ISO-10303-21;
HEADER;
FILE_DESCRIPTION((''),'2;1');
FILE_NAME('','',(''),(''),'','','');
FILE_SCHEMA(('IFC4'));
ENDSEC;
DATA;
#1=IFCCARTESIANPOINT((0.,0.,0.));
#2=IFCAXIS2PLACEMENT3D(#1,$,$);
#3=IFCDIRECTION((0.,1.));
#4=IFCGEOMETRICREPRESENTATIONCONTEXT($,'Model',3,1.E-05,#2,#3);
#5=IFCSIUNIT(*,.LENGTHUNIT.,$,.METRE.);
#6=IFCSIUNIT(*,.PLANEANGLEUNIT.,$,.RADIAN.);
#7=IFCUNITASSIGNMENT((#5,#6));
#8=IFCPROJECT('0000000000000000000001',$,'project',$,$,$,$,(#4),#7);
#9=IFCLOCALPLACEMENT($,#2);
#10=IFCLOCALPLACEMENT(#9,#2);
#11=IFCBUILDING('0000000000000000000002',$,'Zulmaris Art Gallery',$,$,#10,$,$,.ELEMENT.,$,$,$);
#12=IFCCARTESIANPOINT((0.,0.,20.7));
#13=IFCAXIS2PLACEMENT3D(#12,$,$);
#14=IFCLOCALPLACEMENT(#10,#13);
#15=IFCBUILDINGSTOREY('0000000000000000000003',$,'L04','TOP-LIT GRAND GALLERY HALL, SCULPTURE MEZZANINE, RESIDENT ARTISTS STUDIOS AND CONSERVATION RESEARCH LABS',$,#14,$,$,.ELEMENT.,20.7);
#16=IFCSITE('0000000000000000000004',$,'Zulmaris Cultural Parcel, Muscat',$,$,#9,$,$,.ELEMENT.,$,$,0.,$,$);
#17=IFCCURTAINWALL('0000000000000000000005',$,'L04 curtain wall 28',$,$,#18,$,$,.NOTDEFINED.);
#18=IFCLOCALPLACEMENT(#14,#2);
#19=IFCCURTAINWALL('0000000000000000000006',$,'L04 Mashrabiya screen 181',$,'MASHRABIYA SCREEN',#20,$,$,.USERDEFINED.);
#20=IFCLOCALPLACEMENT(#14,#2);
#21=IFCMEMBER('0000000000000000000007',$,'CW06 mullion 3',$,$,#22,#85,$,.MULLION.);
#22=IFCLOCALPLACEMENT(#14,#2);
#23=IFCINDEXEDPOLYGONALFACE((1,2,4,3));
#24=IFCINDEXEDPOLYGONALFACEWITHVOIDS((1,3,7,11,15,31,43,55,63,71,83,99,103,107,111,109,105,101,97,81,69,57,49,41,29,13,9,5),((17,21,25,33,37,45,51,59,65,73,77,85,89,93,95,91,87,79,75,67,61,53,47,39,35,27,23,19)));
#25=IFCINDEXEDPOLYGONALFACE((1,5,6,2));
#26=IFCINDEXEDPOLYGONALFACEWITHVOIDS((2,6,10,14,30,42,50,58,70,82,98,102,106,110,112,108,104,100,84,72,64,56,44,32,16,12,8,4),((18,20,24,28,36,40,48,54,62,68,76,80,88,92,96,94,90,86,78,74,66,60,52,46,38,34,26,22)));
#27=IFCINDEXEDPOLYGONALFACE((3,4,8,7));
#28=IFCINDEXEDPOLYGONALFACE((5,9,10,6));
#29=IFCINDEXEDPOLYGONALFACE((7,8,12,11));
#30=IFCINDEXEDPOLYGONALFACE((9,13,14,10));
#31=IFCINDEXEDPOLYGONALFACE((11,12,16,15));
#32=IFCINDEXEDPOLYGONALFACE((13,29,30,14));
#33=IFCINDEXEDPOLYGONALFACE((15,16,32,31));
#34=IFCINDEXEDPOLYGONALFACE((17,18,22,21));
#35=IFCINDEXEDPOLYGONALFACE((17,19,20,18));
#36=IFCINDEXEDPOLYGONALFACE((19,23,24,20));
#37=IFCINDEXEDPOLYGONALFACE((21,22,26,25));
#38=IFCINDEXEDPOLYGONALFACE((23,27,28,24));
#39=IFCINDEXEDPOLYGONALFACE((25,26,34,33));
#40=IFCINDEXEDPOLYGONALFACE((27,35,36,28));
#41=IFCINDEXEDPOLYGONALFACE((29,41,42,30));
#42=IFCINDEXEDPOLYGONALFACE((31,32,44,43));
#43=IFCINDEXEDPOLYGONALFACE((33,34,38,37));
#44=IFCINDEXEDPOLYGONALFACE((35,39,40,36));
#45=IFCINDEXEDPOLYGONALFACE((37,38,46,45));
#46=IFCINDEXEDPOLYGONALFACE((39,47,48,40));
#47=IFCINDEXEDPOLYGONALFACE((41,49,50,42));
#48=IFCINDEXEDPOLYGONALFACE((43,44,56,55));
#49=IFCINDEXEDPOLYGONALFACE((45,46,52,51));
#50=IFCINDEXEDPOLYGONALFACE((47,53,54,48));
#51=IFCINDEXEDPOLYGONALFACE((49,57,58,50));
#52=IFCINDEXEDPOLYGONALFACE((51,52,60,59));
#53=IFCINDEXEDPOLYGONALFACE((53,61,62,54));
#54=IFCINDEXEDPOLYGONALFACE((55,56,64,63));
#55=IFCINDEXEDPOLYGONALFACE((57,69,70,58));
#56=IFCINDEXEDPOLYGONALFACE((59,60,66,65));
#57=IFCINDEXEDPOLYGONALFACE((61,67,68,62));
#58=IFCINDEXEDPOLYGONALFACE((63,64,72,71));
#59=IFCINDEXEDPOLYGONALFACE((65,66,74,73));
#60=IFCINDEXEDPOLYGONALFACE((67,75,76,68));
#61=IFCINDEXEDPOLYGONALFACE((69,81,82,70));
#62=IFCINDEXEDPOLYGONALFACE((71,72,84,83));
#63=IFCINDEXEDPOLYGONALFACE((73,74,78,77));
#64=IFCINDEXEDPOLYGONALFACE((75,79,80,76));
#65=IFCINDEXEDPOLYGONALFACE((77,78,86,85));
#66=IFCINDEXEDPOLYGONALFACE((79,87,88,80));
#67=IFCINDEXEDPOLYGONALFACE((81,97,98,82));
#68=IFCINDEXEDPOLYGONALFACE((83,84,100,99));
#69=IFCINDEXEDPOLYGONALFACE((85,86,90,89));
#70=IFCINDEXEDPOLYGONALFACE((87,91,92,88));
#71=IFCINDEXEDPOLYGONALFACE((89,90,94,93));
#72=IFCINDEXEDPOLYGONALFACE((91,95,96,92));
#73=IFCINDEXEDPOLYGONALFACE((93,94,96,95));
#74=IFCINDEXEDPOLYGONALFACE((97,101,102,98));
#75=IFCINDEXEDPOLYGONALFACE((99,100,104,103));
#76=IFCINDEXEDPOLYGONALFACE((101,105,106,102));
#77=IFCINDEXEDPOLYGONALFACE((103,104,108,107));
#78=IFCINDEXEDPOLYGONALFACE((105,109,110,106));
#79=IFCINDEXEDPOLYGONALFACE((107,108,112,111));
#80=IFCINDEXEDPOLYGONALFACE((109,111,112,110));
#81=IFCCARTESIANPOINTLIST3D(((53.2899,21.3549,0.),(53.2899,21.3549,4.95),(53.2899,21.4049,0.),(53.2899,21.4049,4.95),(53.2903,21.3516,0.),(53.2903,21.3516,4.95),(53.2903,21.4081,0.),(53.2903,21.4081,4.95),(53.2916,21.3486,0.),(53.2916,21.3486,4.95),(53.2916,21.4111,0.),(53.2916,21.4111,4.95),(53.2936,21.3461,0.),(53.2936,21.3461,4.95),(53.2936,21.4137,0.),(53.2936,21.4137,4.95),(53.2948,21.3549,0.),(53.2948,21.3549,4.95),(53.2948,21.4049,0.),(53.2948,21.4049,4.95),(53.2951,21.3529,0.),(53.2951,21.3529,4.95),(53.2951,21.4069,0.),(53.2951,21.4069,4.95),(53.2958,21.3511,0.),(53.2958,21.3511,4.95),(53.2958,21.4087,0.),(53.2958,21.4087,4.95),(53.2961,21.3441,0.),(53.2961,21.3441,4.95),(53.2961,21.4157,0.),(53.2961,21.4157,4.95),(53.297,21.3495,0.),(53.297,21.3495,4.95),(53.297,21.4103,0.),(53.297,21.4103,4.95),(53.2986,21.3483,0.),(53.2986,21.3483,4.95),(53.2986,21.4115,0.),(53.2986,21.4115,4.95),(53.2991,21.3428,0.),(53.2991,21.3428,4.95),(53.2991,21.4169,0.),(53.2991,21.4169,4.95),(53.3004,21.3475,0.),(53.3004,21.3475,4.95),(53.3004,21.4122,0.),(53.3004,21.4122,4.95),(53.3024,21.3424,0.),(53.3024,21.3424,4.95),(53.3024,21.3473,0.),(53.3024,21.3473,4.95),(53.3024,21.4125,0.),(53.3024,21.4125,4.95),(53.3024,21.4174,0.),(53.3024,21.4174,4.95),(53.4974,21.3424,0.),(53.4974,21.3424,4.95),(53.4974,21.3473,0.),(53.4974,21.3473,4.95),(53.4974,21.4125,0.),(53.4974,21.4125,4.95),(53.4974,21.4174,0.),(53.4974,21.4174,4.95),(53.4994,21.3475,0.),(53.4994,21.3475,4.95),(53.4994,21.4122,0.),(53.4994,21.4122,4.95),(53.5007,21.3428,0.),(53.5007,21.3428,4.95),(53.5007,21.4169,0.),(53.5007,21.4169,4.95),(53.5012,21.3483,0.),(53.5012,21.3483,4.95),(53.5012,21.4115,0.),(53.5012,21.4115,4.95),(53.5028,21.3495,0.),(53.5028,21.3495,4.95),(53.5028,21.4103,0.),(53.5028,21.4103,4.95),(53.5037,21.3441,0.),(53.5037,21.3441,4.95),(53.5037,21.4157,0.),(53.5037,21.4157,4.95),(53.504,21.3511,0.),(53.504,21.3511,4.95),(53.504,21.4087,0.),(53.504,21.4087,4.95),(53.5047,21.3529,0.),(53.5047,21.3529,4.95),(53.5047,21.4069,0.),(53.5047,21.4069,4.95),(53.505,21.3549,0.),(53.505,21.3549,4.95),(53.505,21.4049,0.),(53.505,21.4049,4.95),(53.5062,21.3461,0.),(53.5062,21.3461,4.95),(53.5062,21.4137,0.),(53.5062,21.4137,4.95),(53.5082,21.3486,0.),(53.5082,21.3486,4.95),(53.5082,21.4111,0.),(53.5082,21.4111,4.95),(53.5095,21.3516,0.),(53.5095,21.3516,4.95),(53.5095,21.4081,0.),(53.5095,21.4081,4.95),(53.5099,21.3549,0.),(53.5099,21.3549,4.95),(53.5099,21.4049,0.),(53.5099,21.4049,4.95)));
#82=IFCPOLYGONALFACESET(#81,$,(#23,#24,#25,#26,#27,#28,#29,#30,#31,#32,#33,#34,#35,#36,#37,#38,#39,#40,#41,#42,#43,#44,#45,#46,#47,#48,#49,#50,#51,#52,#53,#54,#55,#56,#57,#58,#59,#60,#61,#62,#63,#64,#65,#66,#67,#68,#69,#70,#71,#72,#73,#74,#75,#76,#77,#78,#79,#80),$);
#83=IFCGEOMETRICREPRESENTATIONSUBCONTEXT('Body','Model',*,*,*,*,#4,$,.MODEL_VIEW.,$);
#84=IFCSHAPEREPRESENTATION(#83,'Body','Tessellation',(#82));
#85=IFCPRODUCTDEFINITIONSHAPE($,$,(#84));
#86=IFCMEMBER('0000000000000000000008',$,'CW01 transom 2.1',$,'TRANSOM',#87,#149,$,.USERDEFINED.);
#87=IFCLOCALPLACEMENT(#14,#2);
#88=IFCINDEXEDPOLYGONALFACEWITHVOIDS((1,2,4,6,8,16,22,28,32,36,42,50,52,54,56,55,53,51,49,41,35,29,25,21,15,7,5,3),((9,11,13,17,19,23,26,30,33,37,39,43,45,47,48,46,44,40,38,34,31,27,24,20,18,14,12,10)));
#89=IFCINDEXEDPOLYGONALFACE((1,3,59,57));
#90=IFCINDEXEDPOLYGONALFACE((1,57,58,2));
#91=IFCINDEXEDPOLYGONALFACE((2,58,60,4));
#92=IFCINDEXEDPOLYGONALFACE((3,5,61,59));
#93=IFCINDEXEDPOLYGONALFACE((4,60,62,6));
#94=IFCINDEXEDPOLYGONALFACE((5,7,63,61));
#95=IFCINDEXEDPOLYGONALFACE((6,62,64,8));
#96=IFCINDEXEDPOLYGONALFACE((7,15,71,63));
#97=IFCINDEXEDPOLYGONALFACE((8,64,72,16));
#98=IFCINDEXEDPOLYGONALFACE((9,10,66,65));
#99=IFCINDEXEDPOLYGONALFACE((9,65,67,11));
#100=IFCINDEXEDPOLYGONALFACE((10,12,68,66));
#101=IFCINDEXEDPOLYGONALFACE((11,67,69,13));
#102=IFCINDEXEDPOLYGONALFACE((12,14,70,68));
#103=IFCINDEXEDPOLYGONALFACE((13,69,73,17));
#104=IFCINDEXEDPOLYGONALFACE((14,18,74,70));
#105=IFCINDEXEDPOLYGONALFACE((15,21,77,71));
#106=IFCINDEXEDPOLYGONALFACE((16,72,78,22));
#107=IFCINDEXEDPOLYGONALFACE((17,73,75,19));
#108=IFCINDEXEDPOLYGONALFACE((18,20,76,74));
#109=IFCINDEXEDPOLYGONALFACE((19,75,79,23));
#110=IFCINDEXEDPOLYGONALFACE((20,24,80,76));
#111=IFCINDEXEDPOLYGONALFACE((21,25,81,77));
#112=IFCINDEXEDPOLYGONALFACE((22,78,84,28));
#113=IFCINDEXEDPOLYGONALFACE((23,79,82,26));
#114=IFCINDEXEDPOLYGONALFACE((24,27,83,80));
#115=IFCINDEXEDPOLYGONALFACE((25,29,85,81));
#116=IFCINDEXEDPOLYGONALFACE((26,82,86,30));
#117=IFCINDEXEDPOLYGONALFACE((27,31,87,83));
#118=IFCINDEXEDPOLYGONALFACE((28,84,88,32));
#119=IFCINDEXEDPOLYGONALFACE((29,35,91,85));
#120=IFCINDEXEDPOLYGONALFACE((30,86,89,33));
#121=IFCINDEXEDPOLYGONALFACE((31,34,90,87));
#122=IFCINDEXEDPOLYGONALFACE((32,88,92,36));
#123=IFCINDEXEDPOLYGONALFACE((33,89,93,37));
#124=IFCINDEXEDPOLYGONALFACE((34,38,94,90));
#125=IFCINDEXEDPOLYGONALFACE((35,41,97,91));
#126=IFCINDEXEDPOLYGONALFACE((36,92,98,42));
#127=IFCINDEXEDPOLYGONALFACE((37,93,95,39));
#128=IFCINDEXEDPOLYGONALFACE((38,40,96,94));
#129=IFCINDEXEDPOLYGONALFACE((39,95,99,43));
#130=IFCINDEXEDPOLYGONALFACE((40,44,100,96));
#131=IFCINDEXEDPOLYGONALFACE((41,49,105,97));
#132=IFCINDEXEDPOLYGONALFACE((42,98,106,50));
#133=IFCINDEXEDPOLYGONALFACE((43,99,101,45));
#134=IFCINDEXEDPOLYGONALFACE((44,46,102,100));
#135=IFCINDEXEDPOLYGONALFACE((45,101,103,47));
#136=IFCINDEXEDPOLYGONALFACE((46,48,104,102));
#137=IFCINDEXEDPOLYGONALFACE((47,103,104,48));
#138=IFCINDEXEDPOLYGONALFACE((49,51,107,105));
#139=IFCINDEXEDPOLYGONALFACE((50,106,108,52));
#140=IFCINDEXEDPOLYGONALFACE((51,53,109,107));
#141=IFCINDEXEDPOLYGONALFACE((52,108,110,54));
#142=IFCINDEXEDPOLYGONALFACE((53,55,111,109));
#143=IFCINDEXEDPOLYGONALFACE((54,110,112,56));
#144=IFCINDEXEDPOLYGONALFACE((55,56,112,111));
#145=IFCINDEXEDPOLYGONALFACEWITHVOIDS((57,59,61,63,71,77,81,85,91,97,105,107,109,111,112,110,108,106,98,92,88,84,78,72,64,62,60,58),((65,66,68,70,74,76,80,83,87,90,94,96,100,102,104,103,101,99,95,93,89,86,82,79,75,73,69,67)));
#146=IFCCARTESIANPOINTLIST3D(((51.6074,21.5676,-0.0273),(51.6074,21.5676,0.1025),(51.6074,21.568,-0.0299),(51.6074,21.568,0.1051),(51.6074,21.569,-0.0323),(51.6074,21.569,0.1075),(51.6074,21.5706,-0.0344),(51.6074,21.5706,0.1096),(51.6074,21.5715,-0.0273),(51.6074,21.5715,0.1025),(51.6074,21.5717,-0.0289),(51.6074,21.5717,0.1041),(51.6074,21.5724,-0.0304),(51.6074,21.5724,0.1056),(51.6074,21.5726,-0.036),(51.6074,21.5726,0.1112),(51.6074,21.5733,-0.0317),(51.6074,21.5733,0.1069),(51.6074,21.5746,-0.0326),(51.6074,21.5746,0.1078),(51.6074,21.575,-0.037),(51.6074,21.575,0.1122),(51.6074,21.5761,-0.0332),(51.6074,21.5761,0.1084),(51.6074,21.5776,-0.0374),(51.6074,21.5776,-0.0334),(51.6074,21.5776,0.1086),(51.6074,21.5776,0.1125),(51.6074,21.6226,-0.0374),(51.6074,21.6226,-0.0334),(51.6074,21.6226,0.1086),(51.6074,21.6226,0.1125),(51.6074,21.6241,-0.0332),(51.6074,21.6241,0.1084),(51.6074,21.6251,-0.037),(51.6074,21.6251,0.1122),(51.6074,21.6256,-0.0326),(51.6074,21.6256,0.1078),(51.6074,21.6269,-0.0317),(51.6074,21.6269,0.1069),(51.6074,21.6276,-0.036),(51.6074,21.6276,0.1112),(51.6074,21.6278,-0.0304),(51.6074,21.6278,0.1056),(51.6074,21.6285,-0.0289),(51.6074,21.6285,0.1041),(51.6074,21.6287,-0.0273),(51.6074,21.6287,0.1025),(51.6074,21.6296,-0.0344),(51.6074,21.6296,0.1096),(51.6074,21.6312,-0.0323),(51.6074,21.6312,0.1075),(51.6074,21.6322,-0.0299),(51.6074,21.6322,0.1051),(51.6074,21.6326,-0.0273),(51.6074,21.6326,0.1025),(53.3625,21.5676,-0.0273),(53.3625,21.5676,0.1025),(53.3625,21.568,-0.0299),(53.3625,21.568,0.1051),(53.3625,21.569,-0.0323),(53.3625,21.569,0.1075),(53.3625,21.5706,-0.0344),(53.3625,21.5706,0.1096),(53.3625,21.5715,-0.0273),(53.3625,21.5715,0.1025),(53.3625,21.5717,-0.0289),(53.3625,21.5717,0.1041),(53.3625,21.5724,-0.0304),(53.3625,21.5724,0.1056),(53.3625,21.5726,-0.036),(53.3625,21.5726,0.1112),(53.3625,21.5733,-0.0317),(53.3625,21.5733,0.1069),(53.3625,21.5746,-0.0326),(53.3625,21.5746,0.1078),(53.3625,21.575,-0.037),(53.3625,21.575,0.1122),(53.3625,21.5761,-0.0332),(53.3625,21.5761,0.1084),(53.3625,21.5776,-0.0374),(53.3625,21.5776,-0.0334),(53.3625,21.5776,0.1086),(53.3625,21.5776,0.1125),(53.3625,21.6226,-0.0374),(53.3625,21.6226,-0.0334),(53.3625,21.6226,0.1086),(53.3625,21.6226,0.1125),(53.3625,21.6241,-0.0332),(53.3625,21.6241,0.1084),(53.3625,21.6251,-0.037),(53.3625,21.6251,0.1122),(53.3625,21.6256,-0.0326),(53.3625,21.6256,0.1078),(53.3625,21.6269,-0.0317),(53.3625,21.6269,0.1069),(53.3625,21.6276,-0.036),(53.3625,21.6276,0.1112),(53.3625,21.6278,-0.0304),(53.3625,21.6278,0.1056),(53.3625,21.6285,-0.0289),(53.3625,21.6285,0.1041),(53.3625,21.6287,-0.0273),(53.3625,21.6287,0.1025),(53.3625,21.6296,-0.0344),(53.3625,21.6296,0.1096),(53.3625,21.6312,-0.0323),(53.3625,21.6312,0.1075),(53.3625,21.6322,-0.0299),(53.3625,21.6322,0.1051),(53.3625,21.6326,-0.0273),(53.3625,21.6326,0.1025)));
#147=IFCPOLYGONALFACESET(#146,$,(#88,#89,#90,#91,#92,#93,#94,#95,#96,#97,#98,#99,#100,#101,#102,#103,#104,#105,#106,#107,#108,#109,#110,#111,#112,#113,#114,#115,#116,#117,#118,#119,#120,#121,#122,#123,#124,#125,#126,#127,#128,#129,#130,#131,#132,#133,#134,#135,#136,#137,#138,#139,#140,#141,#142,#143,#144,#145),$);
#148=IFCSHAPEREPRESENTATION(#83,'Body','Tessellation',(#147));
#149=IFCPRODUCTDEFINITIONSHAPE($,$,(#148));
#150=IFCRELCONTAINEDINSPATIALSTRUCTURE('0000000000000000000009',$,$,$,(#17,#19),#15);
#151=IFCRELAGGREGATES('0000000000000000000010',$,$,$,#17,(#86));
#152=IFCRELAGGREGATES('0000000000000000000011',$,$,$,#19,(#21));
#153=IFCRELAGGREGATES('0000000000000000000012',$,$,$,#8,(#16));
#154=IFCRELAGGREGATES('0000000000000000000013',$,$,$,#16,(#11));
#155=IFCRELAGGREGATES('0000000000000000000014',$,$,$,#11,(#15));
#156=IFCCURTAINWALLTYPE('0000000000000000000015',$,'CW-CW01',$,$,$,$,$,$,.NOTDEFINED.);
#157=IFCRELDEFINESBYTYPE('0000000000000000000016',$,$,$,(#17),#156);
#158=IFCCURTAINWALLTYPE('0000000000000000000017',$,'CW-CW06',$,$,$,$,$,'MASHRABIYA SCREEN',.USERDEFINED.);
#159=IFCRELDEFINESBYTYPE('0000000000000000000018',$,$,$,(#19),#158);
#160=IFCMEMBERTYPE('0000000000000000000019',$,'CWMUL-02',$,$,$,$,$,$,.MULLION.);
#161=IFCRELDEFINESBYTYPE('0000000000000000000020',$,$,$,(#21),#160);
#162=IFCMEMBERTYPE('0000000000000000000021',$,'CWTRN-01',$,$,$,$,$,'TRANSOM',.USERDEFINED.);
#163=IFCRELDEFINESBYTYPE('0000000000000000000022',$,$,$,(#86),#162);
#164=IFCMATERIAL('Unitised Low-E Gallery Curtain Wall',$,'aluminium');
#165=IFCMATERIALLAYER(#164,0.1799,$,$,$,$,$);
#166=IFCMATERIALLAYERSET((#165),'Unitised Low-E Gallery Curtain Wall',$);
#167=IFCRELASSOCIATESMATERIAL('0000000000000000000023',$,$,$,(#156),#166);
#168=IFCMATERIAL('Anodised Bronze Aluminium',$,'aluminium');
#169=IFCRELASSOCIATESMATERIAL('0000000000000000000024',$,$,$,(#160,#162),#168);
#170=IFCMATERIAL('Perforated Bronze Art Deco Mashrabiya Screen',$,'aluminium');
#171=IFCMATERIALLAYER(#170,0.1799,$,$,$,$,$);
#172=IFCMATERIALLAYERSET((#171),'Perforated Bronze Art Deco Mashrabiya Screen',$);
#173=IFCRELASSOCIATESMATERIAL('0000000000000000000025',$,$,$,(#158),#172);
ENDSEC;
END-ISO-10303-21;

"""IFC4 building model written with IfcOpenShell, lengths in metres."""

from ifc_helpers import new_model, si_unit, direction, frame, origin, origin_2d, place, context, subcontext, project, spatial, hollow_rectangle, extrude, material, layer, layer_set, material_profile, profile_set, type_object, element, aggregate, save


model = new_model("IFC4")

# Units and contexts
model_context = context("Model", 3, precision=1e-05, world=origin(), true_north=direction((0.0, 1.0)))
body_context = subcontext(model_context, "Body", "Model", "MODEL_VIEW")
ifc_project = project(units=[si_unit("LENGTHUNIT", "METRE"), si_unit("PLANEANGLEUNIT", "RADIAN")], contexts=[model_context])

# Site, building, storey
site_placement = place(None, origin())
site = spatial("IfcSite", under=ifc_project, at=site_placement, Name="Zulmaris Cultural Parcel, Muscat", CompositionType="ELEMENT", RefElevation=0.0)
building_placement = place(site_placement, origin())
building = spatial("IfcBuilding", under=site, at=building_placement, Name="Zulmaris Art Gallery", CompositionType="ELEMENT")
storey_placement = place(building_placement, frame((0.0, 0.0, 20.7)))
storey = spatial("IfcBuildingStorey", under=building, at=storey_placement, Name="L04", Description="TOP-LIT GRAND GALLERY HALL, SCULPTURE MEZZANINE, RESIDENT ARTISTS STUDIOS AND CONSERVATION RESEARCH LABS", CompositionType="ELEMENT", Elevation=20.7)

# Curtain wall
ifc_material_1 = material(Name="Unitised Low-E Gallery Curtain Wall", Category="aluminium")
ifc_layer_1 = layer(ifc_material_1, 0.1799)
ifc_layer_set_1 = layer_set([ifc_layer_1], Name="Unitised Low-E Gallery Curtain Wall")
curtain_wall_type_1 = type_object("IfcCurtainWallType", Name="CW-CW01", PredefinedType="NOTDEFINED", material=ifc_layer_set_1)
curtain_wall_1_placement = place(storey_placement, origin())
curtain_wall_1 = element("IfcCurtainWall", 1, at=curtain_wall_1_placement, inside=storey, type_object=curtain_wall_type_1, Name="L04 curtain wall 28", PredefinedType="NOTDEFINED")
ifc_material_2 = material(Name="Anodised Bronze Aluminium", Category="aluminium")
ifc_material_profile_1 = material_profile(ifc_material_2, hollow_rectangle(XDim=0.075, YDim=0.22, WallThickness=0.0049, InnerFilletRadius=0.0076, OuterFilletRadius=0.0125, at=origin_2d()), Name="ALU 75x220x5")
ifc_profile_set_1 = profile_set([ifc_material_profile_1], Name="Anodised Bronze Aluminium")
member_type_1 = type_object("IfcMemberType", Name="CWMUL-02", PredefinedType="MULLION", material=ifc_profile_set_1)

# Curtain wall, member
ifc_material_3 = material(Name="Perforated Bronze Art Deco Mashrabiya Screen", Category="aluminium")
ifc_layer_2 = layer(ifc_material_3, 0.1799)
ifc_layer_set_2 = layer_set([ifc_layer_2], Name="Perforated Bronze Art Deco Mashrabiya Screen")
curtain_wall_type_2 = type_object("IfcCurtainWallType", Name="CW-CW06", ElementType="MASHRABIYA SCREEN", PredefinedType="USERDEFINED", material=ifc_layer_set_2)
curtain_wall_2_placement = place(storey_placement, origin())
curtain_wall_2 = element("IfcCurtainWall", 2, at=curtain_wall_2_placement, inside=storey, type_object=curtain_wall_type_2, Name="L04 Mashrabiya screen 181", ObjectType="MASHRABIYA SCREEN", PredefinedType="USERDEFINED")
member_1_placement = place(storey_placement, frame((53.3999, 21.3799, 0.0), z_axis=(0.0, 0.0, 1.0), x_axis=(0.0, 1.0, 0.0)))
member_1 = element("IfcMember", 3, at=member_1_placement, type_object=member_type_1, Name="CW06 mullion 3", PredefinedType="MULLION", context=body_context, shape_type="SweptSolid", body=[
    extrude(hollow_rectangle(XDim=0.075, YDim=0.22, WallThickness=0.0049, InnerFilletRadius=0.0076, OuterFilletRadius=0.0125, at=origin_2d()), origin(), (0.0, 0.0, 1.0), 4.95),
])

# Member
ifc_material_profile_2 = material_profile(ifc_material_2, hollow_rectangle(XDim=0.0649, YDim=0.1499, WallThickness=0.0039, InnerFilletRadius=0.0061, OuterFilletRadius=0.01, at=origin_2d()), Name="ALU 65x150x4")
ifc_profile_set_2 = profile_set([ifc_material_profile_2], Name="Anodised Bronze Aluminium")
member_type_2 = type_object("IfcMemberType", Name="CWTRN-01", ElementType="TRANSOM", PredefinedType="USERDEFINED", material=ifc_profile_set_2)
member_2_placement = place(storey_placement, frame((51.6074, 21.6001, 0.0376), z_axis=(1.0, 0.0, 0.0), x_axis=(0.0, 1.0, 0.0)))
member_2 = element("IfcMember", 4, at=member_2_placement, type_object=member_type_2, Name="CW01 transom 2.1", ObjectType="TRANSOM", PredefinedType="USERDEFINED", context=body_context, shape_type="SweptSolid", body=[
    extrude(hollow_rectangle(XDim=0.0649, YDim=0.1499, WallThickness=0.0039, InnerFilletRadius=0.0061, OuterFilletRadius=0.01, at=origin_2d()), origin(), (0.0, 0.0, 1.0), 1.7551),
])

aggregate(curtain_wall_1, [member_2])
aggregate(curtain_wall_2, [member_1])

save(model, "model.ifc")
